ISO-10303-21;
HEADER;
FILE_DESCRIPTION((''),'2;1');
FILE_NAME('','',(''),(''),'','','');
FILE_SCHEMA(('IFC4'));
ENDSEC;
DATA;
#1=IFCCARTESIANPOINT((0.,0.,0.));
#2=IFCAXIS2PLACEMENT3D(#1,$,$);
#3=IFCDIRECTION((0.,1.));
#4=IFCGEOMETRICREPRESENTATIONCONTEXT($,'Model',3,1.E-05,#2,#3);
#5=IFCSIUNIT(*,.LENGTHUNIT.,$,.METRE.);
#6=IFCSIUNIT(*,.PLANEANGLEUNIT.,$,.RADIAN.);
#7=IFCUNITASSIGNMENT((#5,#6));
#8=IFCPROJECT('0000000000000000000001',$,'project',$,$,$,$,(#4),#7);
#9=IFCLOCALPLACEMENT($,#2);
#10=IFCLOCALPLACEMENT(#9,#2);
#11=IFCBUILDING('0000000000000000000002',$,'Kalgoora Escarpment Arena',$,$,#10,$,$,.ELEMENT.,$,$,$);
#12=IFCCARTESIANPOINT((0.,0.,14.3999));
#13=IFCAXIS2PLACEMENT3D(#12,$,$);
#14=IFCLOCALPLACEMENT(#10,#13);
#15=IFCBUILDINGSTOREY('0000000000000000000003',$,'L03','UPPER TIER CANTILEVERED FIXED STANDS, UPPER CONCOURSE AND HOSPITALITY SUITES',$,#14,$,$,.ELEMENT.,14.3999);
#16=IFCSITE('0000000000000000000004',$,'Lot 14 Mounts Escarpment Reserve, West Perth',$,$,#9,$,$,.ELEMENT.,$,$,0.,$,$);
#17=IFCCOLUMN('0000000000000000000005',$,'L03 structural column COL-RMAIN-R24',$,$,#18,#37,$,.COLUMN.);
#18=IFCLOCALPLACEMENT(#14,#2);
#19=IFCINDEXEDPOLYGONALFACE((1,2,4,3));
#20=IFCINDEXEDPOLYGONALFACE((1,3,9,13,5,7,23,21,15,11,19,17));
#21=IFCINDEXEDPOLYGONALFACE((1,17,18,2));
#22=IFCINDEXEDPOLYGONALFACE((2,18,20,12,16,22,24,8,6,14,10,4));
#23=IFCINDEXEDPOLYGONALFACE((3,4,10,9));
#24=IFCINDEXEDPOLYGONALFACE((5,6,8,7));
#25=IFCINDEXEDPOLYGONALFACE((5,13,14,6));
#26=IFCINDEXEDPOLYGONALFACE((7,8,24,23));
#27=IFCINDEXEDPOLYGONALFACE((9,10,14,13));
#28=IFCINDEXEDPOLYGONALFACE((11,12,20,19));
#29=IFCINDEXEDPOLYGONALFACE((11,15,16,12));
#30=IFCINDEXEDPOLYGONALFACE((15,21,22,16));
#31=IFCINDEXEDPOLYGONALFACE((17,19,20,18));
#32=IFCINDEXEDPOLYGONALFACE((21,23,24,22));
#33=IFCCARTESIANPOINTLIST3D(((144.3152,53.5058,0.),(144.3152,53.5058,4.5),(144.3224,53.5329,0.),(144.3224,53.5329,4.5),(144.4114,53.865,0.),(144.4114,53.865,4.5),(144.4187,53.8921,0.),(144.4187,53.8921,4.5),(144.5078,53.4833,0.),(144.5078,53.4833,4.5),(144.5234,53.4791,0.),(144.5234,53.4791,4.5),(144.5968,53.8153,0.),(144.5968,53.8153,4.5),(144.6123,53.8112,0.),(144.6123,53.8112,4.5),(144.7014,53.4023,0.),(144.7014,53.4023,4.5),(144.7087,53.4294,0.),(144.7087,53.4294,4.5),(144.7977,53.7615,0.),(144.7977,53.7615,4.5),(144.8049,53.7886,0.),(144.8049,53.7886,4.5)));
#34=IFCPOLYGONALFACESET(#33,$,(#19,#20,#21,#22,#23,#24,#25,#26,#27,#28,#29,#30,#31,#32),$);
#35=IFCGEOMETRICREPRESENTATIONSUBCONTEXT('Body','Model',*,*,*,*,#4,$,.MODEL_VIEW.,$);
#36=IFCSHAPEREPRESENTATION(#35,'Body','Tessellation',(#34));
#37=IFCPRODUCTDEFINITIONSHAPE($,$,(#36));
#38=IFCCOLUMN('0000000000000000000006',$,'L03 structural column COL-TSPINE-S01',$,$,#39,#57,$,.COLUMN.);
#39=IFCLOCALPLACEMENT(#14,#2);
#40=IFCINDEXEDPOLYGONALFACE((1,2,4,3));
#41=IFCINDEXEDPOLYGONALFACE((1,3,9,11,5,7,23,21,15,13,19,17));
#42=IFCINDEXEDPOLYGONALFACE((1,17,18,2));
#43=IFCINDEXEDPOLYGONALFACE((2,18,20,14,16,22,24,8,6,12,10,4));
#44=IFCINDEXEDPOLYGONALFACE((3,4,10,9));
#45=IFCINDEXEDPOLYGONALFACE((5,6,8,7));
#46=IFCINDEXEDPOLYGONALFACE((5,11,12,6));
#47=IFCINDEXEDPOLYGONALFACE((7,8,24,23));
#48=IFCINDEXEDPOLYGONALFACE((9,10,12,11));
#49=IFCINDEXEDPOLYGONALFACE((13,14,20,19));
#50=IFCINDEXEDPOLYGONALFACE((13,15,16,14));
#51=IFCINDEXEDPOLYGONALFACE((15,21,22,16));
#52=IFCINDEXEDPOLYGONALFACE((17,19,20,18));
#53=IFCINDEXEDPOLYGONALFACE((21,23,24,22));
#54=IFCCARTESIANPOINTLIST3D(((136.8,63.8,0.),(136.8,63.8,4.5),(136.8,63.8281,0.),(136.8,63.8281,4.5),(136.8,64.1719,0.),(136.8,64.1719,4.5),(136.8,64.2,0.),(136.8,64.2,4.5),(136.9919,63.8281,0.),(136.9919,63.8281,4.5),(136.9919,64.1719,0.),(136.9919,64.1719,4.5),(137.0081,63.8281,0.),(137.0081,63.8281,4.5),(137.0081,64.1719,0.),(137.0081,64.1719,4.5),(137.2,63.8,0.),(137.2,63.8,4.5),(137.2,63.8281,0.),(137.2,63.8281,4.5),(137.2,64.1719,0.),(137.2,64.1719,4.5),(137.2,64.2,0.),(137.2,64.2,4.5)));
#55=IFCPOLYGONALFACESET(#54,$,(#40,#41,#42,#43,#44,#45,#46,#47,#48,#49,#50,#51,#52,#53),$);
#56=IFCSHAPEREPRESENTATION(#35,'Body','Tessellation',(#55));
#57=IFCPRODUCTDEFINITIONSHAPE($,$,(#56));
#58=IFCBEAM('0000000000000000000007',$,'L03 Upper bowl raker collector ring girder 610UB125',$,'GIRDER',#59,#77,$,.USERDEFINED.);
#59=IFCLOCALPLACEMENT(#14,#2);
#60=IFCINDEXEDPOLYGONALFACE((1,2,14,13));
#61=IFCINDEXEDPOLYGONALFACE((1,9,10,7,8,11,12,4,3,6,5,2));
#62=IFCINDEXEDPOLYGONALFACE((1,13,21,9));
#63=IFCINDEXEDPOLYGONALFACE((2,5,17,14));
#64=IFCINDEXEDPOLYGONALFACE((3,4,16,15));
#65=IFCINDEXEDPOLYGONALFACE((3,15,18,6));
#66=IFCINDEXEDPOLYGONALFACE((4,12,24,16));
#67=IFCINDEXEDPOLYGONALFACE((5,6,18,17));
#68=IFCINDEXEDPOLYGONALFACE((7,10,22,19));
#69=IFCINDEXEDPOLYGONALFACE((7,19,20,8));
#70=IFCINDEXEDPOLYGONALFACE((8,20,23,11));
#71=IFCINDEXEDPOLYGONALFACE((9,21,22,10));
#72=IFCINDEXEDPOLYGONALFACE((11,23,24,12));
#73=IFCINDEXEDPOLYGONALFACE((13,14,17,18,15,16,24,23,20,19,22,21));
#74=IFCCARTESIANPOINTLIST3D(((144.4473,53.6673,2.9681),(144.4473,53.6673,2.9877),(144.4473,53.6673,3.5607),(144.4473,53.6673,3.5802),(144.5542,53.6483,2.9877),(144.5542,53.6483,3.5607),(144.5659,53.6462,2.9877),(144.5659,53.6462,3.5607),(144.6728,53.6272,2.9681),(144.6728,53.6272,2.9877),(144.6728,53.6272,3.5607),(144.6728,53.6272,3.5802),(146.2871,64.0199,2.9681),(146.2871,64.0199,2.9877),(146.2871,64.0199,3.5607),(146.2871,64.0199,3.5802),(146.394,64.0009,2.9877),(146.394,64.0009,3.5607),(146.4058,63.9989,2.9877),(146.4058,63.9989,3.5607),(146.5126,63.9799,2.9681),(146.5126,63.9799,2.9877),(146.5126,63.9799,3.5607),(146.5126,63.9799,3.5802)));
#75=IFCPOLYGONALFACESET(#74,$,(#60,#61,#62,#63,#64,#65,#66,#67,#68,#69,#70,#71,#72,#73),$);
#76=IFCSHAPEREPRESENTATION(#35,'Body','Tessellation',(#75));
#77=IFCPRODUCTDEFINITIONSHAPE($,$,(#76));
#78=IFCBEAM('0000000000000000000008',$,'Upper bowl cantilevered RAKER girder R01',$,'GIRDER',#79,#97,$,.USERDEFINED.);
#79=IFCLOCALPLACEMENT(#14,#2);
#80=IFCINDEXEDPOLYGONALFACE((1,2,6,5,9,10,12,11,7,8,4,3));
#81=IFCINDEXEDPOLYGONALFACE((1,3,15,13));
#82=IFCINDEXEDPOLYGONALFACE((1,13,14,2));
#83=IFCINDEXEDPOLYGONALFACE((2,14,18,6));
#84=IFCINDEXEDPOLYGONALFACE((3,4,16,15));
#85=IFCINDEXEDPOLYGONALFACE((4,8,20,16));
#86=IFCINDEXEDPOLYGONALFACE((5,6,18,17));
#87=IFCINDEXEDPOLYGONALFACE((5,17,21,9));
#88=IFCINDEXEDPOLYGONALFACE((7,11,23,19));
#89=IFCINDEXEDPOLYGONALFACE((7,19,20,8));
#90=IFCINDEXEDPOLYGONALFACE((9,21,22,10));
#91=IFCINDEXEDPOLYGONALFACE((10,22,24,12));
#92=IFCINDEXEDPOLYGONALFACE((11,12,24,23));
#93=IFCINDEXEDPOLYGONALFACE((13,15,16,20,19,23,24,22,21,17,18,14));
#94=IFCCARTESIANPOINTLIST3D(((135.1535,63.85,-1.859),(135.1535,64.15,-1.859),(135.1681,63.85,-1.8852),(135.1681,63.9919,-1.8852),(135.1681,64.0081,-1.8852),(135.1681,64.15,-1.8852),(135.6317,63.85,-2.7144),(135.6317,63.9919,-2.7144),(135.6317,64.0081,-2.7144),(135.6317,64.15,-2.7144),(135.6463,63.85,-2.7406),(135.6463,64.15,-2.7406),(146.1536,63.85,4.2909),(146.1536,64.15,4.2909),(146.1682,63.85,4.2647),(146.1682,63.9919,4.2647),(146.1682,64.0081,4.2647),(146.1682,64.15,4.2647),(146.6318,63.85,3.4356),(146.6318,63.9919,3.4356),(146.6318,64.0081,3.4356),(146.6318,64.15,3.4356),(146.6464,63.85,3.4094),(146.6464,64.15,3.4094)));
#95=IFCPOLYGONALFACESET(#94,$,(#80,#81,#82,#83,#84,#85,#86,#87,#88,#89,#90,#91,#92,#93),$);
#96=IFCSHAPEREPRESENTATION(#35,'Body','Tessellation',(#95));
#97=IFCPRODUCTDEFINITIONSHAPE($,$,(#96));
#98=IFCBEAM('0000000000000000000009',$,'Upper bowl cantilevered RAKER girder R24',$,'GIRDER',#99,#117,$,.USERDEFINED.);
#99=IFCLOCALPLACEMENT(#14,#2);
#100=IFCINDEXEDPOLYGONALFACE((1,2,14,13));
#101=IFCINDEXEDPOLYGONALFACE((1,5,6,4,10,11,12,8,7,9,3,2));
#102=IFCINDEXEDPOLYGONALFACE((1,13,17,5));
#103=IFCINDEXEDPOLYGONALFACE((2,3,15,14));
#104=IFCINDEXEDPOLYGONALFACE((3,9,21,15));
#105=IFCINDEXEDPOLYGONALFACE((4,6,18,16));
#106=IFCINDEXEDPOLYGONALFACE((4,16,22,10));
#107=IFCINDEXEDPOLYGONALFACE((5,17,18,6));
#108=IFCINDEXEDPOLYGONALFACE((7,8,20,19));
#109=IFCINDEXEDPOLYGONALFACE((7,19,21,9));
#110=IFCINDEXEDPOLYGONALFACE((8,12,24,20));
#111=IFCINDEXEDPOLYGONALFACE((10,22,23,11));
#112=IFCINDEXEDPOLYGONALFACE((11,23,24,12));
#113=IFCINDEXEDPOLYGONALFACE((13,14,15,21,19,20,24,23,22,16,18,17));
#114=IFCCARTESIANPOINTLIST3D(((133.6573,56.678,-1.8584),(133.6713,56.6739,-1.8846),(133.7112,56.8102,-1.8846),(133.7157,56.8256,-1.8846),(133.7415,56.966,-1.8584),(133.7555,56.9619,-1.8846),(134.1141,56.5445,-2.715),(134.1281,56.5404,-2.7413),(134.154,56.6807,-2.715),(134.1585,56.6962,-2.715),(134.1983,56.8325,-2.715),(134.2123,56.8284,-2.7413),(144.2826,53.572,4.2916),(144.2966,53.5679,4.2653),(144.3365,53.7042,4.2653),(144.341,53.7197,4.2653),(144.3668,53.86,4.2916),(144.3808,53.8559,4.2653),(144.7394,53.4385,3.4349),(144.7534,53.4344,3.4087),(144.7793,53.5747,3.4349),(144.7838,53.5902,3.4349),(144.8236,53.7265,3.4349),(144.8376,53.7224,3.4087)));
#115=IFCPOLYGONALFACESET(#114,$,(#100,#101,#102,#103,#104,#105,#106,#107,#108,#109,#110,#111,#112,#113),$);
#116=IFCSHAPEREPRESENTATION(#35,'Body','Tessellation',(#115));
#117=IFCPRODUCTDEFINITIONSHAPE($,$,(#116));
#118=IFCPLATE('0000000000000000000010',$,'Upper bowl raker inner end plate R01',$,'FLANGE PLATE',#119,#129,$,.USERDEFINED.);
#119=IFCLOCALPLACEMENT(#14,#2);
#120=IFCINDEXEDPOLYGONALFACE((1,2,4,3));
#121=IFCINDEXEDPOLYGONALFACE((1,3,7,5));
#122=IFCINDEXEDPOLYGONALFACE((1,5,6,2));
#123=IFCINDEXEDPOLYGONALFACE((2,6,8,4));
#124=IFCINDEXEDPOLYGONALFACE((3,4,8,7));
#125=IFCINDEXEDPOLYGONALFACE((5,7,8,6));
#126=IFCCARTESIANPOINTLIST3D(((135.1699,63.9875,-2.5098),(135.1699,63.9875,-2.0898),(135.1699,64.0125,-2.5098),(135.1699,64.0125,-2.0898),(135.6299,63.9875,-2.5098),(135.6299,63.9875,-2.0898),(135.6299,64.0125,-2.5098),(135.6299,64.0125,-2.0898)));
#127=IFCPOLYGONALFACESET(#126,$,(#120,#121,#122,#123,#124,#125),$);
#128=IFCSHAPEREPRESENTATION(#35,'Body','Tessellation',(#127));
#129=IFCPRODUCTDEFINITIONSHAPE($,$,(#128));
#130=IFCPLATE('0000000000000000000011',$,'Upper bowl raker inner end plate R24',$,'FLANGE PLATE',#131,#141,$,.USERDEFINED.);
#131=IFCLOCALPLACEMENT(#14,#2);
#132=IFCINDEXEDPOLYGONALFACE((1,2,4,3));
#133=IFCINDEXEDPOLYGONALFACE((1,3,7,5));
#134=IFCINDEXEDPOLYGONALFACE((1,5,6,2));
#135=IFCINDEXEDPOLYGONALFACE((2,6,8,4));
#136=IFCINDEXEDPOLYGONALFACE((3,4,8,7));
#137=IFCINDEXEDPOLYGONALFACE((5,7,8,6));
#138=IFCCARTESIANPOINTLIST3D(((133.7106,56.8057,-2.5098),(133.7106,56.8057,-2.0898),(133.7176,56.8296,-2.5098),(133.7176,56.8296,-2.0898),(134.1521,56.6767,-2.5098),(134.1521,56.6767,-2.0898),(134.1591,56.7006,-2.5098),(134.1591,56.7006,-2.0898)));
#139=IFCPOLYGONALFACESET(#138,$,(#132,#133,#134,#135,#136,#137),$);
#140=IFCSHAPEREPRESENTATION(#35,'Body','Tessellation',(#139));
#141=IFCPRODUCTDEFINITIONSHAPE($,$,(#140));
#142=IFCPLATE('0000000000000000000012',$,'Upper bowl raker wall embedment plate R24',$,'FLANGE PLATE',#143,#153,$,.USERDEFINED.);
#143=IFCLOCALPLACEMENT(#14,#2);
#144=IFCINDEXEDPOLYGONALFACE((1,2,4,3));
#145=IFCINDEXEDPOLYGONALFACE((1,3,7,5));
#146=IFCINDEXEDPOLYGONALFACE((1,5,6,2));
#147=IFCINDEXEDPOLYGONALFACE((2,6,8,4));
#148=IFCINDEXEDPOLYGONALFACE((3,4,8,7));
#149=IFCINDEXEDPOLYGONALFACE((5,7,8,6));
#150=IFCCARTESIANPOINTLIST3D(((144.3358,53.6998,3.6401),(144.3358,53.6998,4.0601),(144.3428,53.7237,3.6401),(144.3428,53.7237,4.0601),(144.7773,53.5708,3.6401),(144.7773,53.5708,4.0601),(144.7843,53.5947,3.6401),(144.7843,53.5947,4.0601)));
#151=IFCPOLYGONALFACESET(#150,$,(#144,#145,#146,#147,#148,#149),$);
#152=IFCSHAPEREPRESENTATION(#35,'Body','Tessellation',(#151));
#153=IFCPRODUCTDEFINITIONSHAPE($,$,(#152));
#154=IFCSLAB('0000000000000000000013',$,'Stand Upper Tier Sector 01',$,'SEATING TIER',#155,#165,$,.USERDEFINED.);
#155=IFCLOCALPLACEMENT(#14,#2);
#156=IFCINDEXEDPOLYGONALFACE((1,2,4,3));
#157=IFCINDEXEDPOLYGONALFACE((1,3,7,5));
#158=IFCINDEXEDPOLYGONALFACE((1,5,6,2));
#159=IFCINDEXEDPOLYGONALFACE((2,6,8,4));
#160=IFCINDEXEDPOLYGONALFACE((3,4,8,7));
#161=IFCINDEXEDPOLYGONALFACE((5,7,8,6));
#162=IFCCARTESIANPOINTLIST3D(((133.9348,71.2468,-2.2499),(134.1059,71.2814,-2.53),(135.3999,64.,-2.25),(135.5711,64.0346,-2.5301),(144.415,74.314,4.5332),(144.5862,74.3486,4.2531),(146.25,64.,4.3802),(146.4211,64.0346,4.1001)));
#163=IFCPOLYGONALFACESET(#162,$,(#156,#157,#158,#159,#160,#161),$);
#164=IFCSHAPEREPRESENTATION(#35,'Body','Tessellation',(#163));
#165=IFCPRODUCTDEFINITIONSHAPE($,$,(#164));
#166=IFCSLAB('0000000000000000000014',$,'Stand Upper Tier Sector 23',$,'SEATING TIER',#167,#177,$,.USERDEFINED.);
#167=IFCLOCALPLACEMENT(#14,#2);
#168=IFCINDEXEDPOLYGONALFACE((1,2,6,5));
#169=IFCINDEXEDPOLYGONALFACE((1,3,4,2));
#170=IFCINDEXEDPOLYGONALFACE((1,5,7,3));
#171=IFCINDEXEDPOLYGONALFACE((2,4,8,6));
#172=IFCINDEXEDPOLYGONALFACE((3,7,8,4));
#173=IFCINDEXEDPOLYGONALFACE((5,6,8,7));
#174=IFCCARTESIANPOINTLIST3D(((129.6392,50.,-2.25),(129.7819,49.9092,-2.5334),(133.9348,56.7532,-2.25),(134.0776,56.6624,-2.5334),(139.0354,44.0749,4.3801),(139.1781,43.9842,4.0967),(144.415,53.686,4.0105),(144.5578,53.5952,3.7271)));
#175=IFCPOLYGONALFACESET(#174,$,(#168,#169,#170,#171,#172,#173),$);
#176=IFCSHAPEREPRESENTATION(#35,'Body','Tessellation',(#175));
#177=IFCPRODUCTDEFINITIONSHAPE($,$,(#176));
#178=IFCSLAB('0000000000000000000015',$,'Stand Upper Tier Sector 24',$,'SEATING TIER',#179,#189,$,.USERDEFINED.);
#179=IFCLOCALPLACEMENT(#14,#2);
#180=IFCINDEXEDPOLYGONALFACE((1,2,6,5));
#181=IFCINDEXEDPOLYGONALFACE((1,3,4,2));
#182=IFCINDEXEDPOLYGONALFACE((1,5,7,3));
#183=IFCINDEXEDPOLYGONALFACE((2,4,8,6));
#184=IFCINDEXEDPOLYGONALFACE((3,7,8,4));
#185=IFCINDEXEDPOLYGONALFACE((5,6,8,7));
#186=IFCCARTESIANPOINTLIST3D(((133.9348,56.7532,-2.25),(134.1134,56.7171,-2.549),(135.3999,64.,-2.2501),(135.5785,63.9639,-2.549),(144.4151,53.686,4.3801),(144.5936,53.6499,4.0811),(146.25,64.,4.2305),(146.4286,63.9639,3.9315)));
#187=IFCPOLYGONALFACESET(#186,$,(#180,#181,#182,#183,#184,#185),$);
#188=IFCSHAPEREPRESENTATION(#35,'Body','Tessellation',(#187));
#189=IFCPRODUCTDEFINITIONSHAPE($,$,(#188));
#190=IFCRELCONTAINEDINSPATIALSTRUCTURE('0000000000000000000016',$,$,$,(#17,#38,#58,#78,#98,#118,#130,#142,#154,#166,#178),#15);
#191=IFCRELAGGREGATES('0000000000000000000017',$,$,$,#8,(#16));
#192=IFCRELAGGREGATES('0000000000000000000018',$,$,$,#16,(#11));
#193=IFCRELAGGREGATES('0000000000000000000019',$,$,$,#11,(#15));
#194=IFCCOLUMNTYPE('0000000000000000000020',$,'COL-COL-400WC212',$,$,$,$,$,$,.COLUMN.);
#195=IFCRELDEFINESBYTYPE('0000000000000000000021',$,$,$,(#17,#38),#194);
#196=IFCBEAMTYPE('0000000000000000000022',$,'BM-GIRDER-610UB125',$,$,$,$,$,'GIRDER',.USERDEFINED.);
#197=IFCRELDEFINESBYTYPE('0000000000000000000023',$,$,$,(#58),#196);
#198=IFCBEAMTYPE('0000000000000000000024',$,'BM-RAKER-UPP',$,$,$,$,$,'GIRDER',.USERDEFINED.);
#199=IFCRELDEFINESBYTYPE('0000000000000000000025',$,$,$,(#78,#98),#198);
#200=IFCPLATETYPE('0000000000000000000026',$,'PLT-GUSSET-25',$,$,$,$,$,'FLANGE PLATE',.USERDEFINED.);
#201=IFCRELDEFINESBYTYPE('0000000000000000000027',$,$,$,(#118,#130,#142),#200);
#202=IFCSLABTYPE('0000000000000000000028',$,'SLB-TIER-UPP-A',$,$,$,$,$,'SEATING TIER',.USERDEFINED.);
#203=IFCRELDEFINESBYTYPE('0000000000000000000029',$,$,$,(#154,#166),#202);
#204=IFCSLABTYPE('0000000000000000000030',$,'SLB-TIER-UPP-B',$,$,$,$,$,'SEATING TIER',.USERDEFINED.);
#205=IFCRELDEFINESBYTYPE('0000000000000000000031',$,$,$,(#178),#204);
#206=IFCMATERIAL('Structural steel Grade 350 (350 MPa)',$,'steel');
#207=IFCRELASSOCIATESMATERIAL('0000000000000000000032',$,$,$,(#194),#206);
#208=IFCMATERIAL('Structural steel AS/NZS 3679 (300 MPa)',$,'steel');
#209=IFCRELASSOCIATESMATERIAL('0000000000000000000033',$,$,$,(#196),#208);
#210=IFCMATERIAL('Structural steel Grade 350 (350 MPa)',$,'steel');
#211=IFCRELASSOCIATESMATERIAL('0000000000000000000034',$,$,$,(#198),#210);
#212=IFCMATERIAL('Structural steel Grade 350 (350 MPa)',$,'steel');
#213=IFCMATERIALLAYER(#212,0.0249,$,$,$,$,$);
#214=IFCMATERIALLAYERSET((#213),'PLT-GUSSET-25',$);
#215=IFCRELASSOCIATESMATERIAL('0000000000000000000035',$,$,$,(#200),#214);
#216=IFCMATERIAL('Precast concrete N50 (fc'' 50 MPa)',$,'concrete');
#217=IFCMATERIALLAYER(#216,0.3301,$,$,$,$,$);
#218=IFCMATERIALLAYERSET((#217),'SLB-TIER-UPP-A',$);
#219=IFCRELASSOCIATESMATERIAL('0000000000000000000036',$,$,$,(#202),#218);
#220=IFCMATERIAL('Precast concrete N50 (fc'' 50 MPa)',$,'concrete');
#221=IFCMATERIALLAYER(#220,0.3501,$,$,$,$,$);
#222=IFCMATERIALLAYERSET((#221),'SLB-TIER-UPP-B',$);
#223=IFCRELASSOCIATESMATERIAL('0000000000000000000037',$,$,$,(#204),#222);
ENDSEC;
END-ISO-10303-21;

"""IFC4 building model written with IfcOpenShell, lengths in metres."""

from ifc_helpers import new_model, si_unit, direction, frame, origin, origin_2d, place, context, subcontext, project, spatial, polyline, rectangle, i_section, outline, extrude, material, layer, layer_set, material_profile, profile_set, type_object, element, save


model = new_model("IFC4")

# Units and contexts
model_context = context("Model", 3, precision=1e-05, world=origin(), true_north=direction((0.0, 1.0)))
body_context = subcontext(model_context, "Body", "Model", "MODEL_VIEW")
ifc_project = project(units=[si_unit("LENGTHUNIT", "METRE"), si_unit("PLANEANGLEUNIT", "RADIAN")], contexts=[model_context])

# Site, building, storey
site_placement = place(None, origin())
site = spatial("IfcSite", under=ifc_project, at=site_placement, Name="Lot 14 Mounts Escarpment Reserve, West Perth", CompositionType="ELEMENT", RefElevation=0.0)
building_placement = place(site_placement, origin())
building = spatial("IfcBuilding", under=site, at=building_placement, Name="Kalgoora Escarpment Arena", CompositionType="ELEMENT")
storey_placement = place(building_placement, frame((0.0, 0.0, 14.3999)))
storey = spatial("IfcBuildingStorey", under=building, at=storey_placement, Name="L03", Description="UPPER TIER CANTILEVERED FIXED STANDS, UPPER CONCOURSE AND HOSPITALITY SUITES", CompositionType="ELEMENT", Elevation=14.3999)

# Columns
ifc_material_1 = material(Name="Structural steel Grade 350 (350 MPa)", Category="steel")
ifc_material_profile_1 = material_profile(ifc_material_1, i_section(OverallWidth=0.3999, OverallDepth=0.3999, WebThickness=0.0161, FlangeThickness=0.0281, at=origin_2d()))
ifc_profile_set_1 = profile_set([ifc_material_profile_1], Name="Structural steel Grade 350 (350 MPa)")
column_type = type_object("IfcColumnType", Name="COL-COL-400WC212", PredefinedType="COLUMN", material=ifc_profile_set_1)
for number, where, z_axis, x_axis, name in (
    (1, (144.5601, 53.6472, 0.0), (0.0, 0.0, 1.0), (0.965926, -0.258819, 0.0), "L03 structural column COL-RMAIN-R24"),
    (2, (137.0, 64.0, 0.0), (0.0, 0.0, 1.0), (1.0, 0.0, 0.0), "L03 structural column COL-TSPINE-S01"),
):
    element("IfcColumn", number, at=place(storey_placement, frame(where, z_axis=z_axis, x_axis=x_axis)), inside=storey, type_object=column_type, Name=name, PredefinedType="COLUMN", context=body_context, shape_type="SweptSolid", body=[
        extrude(i_section(OverallWidth=0.3999, OverallDepth=0.3999, WebThickness=0.0161, FlangeThickness=0.0281, at=origin_2d()), origin(), (0.0, 0.0, 1.0), 4.5),
    ])

# Beams
ifc_material_2 = material(Name="Structural steel AS/NZS 3679 (300 MPa)", Category="steel")
ifc_material_profile_2 = material_profile(ifc_material_2, i_section(OverallWidth=0.229, OverallDepth=0.6121, WebThickness=0.012, FlangeThickness=0.0195, at=origin_2d()))
ifc_profile_set_2 = profile_set([ifc_material_profile_2], Name="Structural steel AS/NZS 3679 (300 MPa)")
beam_type_1 = type_object("IfcBeamType", Name="BM-GIRDER-610UB125", ElementType="GIRDER", PredefinedType="USERDEFINED", material=ifc_profile_set_2)
beam_1_placement = place(storey_placement, frame((144.5601, 53.6472, 3.2742), z_axis=(0.174973, 0.984573, 0.0), x_axis=(-0.984573, 0.174973, 0.0)))
element("IfcBeam", 3, at=beam_1_placement, inside=storey, type_object=beam_type_1, Name="L03 Upper bowl raker collector ring girder 610UB125", ObjectType="GIRDER", PredefinedType="USERDEFINED", context=body_context, shape_type="SweptSolid", body=[
    extrude(i_section(OverallWidth=0.229, OverallDepth=0.6121, WebThickness=0.012, FlangeThickness=0.0195, at=origin_2d()), origin(), (0.0, 0.0, 1.0), 10.5149),
])
ifc_material_3 = material(Name="Structural steel Grade 350 (350 MPa)", Category="steel")
ifc_material_profile_3 = material_profile(ifc_material_3, i_section(OverallWidth=0.3, OverallDepth=1.01, WebThickness=0.0161, FlangeThickness=0.03, at=origin_2d()))
ifc_profile_set_3 = profile_set([ifc_material_profile_3], Name="Structural steel Grade 350 (350 MPa)")
beam_type_2 = type_object("IfcBeamType", Name="BM-RAKER-UPP", ElementType="GIRDER", PredefinedType="USERDEFINED", material=ifc_profile_set_3)
beam_2_placement = place(storey_placement, frame((135.3999, 64.0, -2.2998), z_axis=(0.872847, 0.0, 0.487993), x_axis=(0.0, 1.0, 0.0)))
element("IfcBeam", 4, at=beam_2_placement, inside=storey, type_object=beam_type_2, Name="Upper bowl cantilevered RAKER girder R01", ObjectType="GIRDER", PredefinedType="USERDEFINED", context=body_context, shape_type="SweptSolid", body=[
    extrude(i_section(OverallWidth=0.3, OverallDepth=1.01, WebThickness=0.0161, FlangeThickness=0.03, at=origin_2d()), origin(), (0.0, 0.0, 1.0), 12.6025),
])
beam_3_placement = place(storey_placement, frame((133.9348, 56.7532, -2.2998), z_axis=(0.839045, -0.245269, 0.48564), x_axis=(0.280577, 0.959832, 0.0)))
element("IfcBeam", 5, at=beam_3_placement, inside=storey, type_object=beam_type_2, Name="Upper bowl cantilevered RAKER girder R24", ObjectType="GIRDER", PredefinedType="USERDEFINED", context=body_context, shape_type="SweptSolid", body=[
    extrude(i_section(OverallWidth=0.3, OverallDepth=1.01, WebThickness=0.0161, FlangeThickness=0.03, at=origin_2d()), origin(), (0.0, 0.0, 1.0), 12.6636),
])

# Plates
ifc_material_4 = material(Name="Structural steel Grade 350 (350 MPa)", Category="steel")
ifc_layer_1 = layer(ifc_material_4, 0.0249)
ifc_layer_set_1 = layer_set([ifc_layer_1], Name="PLT-GUSSET-25")
plate_type = type_object("IfcPlateType", Name="PLT-GUSSET-25", ElementType="FLANGE PLATE", PredefinedType="USERDEFINED", material=ifc_layer_set_1)
for number, where, z_axis, x_axis, name in (
    (6, (135.3999, 64.0, -2.5098), (0.0, 0.0, 1.0), (1.0, 0.0, 0.0), "Upper bowl raker inner end plate R01"),
    (7, (133.9348, 56.7532, -2.5098), (0.0, 0.0, 1.0), (0.959854, -0.280499, 0.0), "Upper bowl raker inner end plate R24"),
    (8, (144.5601, 53.6472, 3.6401), (0.0, 0.0, 1.0), (0.959854, -0.280499, 0.0), "Upper bowl raker wall embedment plate R24"),
):
    element("IfcPlate", number, at=place(storey_placement, frame(where, z_axis=z_axis, x_axis=x_axis)), inside=storey, type_object=plate_type, Name=name, ObjectType="FLANGE PLATE", PredefinedType="USERDEFINED", context=body_context, shape_type="SweptSolid", body=[
        extrude(rectangle(XDim=0.46, YDim=0.0249, at=origin_2d()), origin(), (0.0, 0.0, 1.0), 0.4199),
    ])

# Slabs
ifc_material_5 = material(Name="Precast concrete N50 (fc' 50 MPa)", Category="concrete")
ifc_layer_2 = layer(ifc_material_5, 0.3301)
ifc_layer_set_2 = layer_set([ifc_layer_2], Name="SLB-TIER-UPP-A")
slab_type_1 = type_object("IfcSlabType", Name="SLB-TIER-UPP-A", ElementType="SEATING TIER", PredefinedType="USERDEFINED", material=ifc_layer_set_2)
slab_1_placement = place(storey_placement, frame((135.3999, 64.0, -2.25), z_axis=(-0.518553, -0.104844, 0.848594), x_axis=(-0.198165, 0.980169, 0.000007)))
element("IfcSlab", 9, at=slab_1_placement, inside=storey, type_object=slab_type_1, Name="Stand Upper Tier Sector 01", ObjectType="SEATING TIER", PredefinedType="USERDEFINED", context=body_context, shape_type="SweptSolid", body=[
    extrude(outline(polyline([(0.0, 0.0), (7.3934, 0.0), (8.323, -12.8215), (-2.1501, -12.5324), (0.0, 0.0)])), origin(), (0.0, 0.0, -1.0), 0.3301),
])
slab_2_placement = place(storey_placement, frame((129.6392, 50.0, -2.25), z_axis=(-0.432441, 0.275074, 0.858679), x_axis=(0.536714, 0.843764, -0.000001)))
element("IfcSlab", 10, at=slab_2_placement, inside=storey, type_object=slab_type_1, Name="Stand Upper Tier Sector 23", ObjectType="SEATING TIER", PredefinedType="USERDEFINED", context=body_context, shape_type="SweptSolid", body=[
    extrude(outline(polyline([(0.0, 0.0), (8.0036, 0.0), (11.0406, -12.2153), (0.0437, -12.9365), (0.0, 0.0)])), origin(), (0.0, 0.0, -1.0), 0.3301),
])
ifc_material_6 = material(Name="Precast concrete N50 (fc' 50 MPa)", Category="concrete")
ifc_layer_3 = layer(ifc_material_6, 0.3501)
ifc_layer_set_3 = layer_set([ifc_layer_3], Name="SLB-TIER-UPP-B")
slab_type_2 = type_object("IfcSlabType", Name="SLB-TIER-UPP-B", ElementType="SEATING TIER", PredefinedType="USERDEFINED", material=ifc_layer_set_3)
slab_3_placement = place(storey_placement, frame((133.9348, 56.7532, -2.25), z_axis=(-0.510044, 0.103126, 0.853944), x_axis=(0.198166, 0.980169, -0.000009)))
element("IfcSlab", 11, at=slab_3_placement, inside=storey, type_object=slab_type_2, Name="Stand Upper Tier Sector 24", ObjectType="SEATING TIER", PredefinedType="USERDEFINED", context=body_context, shape_type="SweptSolid", body=[
    extrude(outline(polyline([(0.0, 0.0), (7.3934, 0.0), (9.5435, -12.4538), (-0.9295, -12.7412), (0.0, 0.0)])), origin(), (0.0, 0.0, -1.0), 0.3501),
])

save(model, "model.ifc")
